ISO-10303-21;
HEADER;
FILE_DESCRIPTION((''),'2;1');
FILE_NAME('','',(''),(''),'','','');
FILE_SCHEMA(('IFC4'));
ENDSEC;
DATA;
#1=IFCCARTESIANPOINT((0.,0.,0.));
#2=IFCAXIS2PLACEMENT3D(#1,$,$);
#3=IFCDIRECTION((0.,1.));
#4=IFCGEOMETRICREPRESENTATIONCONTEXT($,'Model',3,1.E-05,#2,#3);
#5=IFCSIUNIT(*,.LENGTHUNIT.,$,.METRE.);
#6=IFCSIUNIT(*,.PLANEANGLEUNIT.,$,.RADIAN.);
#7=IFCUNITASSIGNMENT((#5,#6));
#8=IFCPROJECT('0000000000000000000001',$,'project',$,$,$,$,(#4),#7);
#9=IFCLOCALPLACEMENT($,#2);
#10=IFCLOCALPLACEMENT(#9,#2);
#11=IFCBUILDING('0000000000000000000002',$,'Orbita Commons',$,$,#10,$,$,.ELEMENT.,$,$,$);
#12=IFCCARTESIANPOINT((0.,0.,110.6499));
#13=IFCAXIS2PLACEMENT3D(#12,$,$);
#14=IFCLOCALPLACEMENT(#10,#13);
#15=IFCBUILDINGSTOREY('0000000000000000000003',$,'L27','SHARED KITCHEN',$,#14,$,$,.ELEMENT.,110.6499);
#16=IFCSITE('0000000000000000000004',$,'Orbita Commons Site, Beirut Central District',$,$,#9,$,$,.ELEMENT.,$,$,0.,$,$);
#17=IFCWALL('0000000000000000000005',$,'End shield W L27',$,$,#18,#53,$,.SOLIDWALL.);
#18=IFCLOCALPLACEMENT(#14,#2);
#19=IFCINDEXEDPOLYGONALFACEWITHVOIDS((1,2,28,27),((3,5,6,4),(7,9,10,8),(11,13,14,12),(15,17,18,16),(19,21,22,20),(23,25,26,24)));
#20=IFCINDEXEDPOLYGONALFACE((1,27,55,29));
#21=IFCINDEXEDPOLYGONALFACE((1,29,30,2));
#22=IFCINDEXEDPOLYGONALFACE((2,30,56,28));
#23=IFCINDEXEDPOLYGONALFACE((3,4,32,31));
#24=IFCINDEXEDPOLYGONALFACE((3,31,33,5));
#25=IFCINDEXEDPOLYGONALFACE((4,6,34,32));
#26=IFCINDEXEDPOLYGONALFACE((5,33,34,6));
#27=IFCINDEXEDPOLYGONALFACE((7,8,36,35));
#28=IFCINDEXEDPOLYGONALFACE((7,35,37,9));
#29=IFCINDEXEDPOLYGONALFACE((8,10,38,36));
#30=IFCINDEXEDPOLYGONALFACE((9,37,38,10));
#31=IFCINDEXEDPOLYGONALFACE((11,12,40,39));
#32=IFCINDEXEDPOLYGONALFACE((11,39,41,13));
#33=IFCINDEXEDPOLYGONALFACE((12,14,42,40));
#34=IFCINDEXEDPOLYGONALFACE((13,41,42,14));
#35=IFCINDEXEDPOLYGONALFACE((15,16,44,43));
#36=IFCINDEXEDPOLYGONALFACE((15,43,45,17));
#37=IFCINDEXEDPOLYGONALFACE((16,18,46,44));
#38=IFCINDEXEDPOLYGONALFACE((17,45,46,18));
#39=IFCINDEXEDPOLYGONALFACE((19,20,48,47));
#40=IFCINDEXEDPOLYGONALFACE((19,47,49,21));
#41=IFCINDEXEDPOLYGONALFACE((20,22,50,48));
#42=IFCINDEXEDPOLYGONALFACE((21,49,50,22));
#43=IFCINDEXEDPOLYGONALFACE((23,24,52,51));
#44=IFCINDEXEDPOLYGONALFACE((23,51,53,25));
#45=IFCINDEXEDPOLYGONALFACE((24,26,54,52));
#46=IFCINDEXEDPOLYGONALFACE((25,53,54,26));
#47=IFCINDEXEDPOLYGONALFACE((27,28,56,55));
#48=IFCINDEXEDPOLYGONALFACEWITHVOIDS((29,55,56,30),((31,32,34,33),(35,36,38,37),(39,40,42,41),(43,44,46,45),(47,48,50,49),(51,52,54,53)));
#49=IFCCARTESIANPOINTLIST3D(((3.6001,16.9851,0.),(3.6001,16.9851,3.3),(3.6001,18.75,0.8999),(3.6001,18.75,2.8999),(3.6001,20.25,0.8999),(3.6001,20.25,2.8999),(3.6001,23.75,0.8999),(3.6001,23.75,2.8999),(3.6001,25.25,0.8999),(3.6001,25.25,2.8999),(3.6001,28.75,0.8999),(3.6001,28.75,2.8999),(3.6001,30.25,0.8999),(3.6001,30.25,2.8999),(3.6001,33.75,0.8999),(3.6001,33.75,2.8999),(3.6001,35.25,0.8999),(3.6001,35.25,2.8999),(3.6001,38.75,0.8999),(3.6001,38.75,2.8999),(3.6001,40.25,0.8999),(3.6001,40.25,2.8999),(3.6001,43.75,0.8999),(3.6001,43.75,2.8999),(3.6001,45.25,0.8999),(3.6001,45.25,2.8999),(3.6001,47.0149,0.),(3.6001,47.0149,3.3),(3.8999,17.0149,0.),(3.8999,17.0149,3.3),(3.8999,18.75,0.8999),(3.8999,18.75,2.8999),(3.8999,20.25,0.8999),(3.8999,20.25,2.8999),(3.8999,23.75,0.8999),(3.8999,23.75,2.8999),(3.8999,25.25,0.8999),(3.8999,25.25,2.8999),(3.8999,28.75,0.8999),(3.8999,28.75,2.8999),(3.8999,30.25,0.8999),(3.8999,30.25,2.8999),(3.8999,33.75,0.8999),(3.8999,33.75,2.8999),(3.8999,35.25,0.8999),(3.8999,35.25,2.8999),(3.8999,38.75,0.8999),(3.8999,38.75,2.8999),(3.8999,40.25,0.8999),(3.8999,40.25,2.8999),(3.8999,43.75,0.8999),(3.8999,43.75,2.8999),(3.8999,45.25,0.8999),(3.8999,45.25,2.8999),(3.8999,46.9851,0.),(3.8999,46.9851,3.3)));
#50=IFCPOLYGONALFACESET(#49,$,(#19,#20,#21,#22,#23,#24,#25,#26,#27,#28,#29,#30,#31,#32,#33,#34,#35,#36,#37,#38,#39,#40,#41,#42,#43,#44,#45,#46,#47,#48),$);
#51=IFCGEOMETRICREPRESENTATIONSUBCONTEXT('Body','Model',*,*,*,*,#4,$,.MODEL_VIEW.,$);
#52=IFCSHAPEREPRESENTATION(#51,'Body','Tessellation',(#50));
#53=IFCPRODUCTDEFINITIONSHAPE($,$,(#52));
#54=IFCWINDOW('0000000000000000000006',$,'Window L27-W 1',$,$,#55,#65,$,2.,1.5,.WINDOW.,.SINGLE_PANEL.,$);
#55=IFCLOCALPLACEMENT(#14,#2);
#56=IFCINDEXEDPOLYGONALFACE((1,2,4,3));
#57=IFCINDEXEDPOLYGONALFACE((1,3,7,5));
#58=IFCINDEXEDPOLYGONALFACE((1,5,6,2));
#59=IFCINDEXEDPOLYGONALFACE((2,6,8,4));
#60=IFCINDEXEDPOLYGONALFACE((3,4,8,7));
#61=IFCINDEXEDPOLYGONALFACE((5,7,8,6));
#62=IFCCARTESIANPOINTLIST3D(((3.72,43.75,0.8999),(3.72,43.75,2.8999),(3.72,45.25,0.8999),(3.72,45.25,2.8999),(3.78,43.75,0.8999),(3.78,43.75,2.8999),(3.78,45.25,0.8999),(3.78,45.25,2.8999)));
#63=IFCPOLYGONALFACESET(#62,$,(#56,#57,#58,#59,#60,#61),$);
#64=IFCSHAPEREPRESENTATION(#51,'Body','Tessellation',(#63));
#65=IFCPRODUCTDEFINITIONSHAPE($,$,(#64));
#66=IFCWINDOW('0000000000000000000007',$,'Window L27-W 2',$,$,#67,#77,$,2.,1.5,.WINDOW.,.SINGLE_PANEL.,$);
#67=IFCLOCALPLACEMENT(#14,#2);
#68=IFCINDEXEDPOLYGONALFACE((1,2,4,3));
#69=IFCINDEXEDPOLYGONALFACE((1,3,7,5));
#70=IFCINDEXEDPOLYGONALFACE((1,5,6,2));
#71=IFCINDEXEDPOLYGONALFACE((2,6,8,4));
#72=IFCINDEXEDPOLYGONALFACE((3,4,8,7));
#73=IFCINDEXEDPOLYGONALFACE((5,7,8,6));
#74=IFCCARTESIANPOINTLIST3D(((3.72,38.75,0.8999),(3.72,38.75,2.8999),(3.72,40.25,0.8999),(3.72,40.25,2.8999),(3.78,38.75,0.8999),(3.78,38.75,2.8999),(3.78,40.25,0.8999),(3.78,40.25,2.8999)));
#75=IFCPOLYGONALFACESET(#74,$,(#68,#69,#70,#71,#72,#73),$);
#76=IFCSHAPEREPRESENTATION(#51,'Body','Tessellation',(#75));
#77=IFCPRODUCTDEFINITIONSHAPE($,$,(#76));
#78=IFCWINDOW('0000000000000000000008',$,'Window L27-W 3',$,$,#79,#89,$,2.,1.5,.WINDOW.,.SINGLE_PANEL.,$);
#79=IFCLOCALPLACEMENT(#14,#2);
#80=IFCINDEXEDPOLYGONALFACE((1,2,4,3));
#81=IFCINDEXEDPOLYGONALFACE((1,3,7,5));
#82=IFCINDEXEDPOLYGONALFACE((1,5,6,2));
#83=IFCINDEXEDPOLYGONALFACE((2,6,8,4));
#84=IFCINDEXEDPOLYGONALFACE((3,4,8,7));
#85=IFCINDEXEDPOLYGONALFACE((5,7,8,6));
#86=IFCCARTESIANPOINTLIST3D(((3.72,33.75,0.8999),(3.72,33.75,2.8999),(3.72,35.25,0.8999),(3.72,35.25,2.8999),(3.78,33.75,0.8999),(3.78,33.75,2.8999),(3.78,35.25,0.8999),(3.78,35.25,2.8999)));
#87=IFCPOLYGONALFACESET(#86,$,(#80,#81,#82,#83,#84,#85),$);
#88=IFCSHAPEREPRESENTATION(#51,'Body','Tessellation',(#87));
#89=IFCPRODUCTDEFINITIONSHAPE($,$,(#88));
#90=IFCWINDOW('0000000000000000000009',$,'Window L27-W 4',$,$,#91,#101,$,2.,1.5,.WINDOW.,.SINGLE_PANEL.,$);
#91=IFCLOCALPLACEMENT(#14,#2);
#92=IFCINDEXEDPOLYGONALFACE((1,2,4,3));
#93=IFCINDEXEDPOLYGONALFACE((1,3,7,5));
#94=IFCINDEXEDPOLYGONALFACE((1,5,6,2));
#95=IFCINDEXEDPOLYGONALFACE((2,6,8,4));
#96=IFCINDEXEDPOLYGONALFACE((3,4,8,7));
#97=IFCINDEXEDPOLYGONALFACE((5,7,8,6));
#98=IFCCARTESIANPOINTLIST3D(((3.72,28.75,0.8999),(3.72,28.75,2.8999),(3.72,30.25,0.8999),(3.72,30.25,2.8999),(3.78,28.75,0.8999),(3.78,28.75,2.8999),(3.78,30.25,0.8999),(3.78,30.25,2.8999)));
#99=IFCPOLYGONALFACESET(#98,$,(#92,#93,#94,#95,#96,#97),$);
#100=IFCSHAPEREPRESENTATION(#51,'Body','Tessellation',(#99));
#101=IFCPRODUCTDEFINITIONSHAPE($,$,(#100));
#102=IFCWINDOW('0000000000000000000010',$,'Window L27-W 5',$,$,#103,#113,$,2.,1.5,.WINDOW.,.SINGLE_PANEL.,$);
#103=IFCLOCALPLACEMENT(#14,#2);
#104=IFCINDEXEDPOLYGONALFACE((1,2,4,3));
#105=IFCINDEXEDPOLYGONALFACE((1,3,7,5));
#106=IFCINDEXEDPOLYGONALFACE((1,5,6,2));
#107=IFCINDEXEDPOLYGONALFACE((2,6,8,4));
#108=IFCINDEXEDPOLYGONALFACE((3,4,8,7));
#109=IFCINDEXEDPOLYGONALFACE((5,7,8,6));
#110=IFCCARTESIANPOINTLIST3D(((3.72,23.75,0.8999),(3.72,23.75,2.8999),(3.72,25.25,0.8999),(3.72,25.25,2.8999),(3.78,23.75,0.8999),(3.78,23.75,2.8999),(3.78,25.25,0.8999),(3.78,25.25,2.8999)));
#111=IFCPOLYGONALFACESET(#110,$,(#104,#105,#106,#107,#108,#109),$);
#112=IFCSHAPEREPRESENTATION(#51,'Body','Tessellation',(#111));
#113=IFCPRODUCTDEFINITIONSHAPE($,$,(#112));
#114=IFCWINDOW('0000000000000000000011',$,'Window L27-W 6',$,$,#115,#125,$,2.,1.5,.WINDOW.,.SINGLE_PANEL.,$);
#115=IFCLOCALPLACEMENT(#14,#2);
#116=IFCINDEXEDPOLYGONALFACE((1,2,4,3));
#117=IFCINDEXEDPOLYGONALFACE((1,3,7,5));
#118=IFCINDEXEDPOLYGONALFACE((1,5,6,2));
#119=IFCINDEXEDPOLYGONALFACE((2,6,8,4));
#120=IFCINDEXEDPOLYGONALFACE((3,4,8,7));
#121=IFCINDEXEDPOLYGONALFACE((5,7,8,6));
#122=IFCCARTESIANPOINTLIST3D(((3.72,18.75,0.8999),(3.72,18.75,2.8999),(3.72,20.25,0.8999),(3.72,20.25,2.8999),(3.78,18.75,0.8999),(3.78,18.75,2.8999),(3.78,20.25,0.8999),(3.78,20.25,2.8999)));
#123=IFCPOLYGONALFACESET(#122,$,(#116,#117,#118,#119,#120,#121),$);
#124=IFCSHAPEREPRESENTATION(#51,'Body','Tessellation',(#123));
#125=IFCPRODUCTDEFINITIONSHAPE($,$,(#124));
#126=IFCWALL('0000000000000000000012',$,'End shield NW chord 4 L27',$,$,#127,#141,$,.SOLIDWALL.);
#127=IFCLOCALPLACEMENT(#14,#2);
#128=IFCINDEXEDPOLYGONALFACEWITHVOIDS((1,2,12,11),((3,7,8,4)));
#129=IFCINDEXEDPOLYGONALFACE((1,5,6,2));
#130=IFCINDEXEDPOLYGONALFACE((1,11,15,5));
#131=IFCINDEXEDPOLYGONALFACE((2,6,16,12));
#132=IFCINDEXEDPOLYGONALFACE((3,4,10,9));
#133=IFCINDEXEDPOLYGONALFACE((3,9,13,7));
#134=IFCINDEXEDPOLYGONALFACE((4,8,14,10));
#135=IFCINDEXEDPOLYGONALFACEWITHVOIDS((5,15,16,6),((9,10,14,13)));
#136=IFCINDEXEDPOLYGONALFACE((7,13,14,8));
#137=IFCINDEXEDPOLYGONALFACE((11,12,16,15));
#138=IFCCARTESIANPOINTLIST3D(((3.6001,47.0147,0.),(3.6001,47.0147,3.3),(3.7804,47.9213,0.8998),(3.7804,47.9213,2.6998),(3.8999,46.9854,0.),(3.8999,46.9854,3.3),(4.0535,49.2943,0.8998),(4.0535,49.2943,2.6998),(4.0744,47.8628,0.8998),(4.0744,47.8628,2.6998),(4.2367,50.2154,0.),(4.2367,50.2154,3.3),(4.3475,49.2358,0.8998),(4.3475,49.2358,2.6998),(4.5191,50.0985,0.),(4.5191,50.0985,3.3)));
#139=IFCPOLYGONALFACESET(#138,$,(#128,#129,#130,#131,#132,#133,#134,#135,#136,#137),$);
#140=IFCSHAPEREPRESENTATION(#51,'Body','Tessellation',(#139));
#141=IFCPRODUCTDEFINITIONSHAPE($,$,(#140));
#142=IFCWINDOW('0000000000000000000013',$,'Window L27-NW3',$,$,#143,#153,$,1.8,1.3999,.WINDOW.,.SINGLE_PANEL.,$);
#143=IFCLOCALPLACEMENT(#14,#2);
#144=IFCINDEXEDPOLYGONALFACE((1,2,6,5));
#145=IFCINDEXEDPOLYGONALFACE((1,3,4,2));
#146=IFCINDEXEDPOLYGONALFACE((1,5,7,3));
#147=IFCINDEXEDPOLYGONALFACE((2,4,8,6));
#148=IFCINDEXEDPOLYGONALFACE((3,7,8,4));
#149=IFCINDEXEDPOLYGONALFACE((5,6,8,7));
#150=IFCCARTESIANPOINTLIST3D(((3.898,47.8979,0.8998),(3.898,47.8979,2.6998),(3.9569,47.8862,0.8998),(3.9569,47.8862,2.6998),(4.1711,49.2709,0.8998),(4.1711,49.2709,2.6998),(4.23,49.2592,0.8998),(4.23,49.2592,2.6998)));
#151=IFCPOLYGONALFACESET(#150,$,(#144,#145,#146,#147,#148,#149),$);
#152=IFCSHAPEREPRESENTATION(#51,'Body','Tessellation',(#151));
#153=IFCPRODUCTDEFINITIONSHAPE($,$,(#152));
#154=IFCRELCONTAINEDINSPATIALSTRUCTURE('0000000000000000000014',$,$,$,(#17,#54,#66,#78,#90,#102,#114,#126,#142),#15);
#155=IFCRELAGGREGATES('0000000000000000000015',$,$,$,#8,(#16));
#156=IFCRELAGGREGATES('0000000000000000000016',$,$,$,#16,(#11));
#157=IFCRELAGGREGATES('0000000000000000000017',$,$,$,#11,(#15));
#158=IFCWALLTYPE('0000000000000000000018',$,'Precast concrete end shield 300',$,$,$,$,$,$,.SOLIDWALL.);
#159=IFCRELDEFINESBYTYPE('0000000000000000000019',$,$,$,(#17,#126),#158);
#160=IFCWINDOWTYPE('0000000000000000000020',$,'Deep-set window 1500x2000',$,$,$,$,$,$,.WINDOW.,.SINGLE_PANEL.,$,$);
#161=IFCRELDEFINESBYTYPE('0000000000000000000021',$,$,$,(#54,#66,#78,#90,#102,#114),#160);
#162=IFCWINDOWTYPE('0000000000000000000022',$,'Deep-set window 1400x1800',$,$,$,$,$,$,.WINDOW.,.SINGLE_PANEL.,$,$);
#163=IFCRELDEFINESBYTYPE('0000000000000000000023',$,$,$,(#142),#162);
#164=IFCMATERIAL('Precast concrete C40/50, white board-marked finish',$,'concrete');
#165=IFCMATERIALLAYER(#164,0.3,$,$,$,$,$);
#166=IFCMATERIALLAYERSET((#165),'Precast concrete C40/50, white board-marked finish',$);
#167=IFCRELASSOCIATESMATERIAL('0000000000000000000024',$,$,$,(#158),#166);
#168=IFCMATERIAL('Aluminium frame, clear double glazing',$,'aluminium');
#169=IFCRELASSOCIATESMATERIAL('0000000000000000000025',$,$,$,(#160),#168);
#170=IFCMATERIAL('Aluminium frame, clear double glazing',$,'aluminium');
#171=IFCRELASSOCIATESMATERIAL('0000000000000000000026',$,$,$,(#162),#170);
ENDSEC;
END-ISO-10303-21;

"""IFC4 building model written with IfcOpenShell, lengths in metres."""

from ifc_helpers import new_model, si_unit, direction, frame, frame_2d, origin, place, context, subcontext, project, spatial, polyline, rectangle, outline, extrude, material, layer, layer_set, type_object, element, fill, save


model = new_model("IFC4")

# Units and contexts
model_context = context("Model", 3, precision=1e-05, world=origin(), true_north=direction((0.0, 1.0)))
body_context = subcontext(model_context, "Body", "Model", "MODEL_VIEW")
ifc_project = project(units=[si_unit("LENGTHUNIT", "METRE"), si_unit("PLANEANGLEUNIT", "RADIAN")], contexts=[model_context])

# Site, building, storey
site_placement = place(None, origin())
site = spatial("IfcSite", under=ifc_project, at=site_placement, Name="Orbita Commons Site, Beirut Central District", CompositionType="ELEMENT", RefElevation=0.0)
building_placement = place(site_placement, origin())
building = spatial("IfcBuilding", under=site, at=building_placement, Name="Orbita Commons", CompositionType="ELEMENT")
storey_placement = place(building_placement, frame((0.0, 0.0, 110.6499)))
storey = spatial("IfcBuildingStorey", under=building, at=storey_placement, Name="L27", Description="SHARED KITCHEN", CompositionType="ELEMENT", Elevation=110.6499)

# Wall, openings, windows
ifc_material_1 = material(Name="Precast concrete C40/50, white board-marked finish", Category="concrete")
ifc_layer_1 = layer(ifc_material_1, 0.3)
ifc_layer_set_1 = layer_set([ifc_layer_1], Name="Precast concrete C40/50, white board-marked finish")
wall_type_1 = type_object("IfcWallType", Name="Precast concrete end shield 300", PredefinedType="SOLIDWALL", material=ifc_layer_set_1)
wall_1_placement = place(storey_placement, frame((3.75, 47.0, 0.0), z_axis=(0.0, 0.0, 1.0), x_axis=(0.0, -1.0, 0.0)))
wall_1 = element("IfcWall", 1, at=wall_1_placement, inside=storey, type_object=wall_type_1, Name="End shield W L27", PredefinedType="SOLIDWALL", context=body_context, shape_type="SweptSolid", body=[
    extrude(outline(polyline([(-0.0149, -0.1499), (30.0149, -0.1499), (29.9851, 0.1499), (0.0149, 0.1499), (-0.0149, -0.1499)])), origin(), (0.0, 0.0, 1.0), 3.3),
])
opening_1_placement = place(wall_1_placement, frame((1.75, 0.0, 0.8999)))
opening_1 = element("IfcOpeningElement", 2, at=opening_1_placement, cuts=wall_1, PredefinedType="OPENING", context=body_context, shape_type="SweptSolid", body=[
    extrude(rectangle(XDim=1.5, YDim=2.0, at=frame_2d((0.75, 1.0))), frame((0.0, 0.1599, 0.0), z_axis=(0.0, -1.0, 0.0), x_axis=(1.0, 0.0, 0.0)), (0.0, 0.0, 1.0), 0.3201),
])
opening_2_placement = place(wall_1_placement, frame((6.75, 0.0, 0.8999)))
opening_2 = element("IfcOpeningElement", 3, at=opening_2_placement, cuts=wall_1, PredefinedType="OPENING", context=body_context, shape_type="SweptSolid", body=[
    extrude(rectangle(XDim=1.5, YDim=2.0, at=frame_2d((0.75, 1.0))), frame((0.0, 0.1599, 0.0), z_axis=(0.0, -1.0, 0.0), x_axis=(1.0, 0.0, 0.0)), (0.0, 0.0, 1.0), 0.3201),
])
opening_3_placement = place(wall_1_placement, frame((11.75, 0.0, 0.8999)))
opening_3 = element("IfcOpeningElement", 4, at=opening_3_placement, cuts=wall_1, PredefinedType="OPENING", context=body_context, shape_type="SweptSolid", body=[
    extrude(rectangle(XDim=1.5, YDim=2.0, at=frame_2d((0.75, 1.0))), frame((0.0, 0.1599, 0.0), z_axis=(0.0, -1.0, 0.0), x_axis=(1.0, 0.0, 0.0)), (0.0, 0.0, 1.0), 0.3201),
])
opening_4_placement = place(wall_1_placement, frame((16.75, 0.0, 0.8999)))
opening_4 = element("IfcOpeningElement", 5, at=opening_4_placement, cuts=wall_1, PredefinedType="OPENING", context=body_context, shape_type="SweptSolid", body=[
    extrude(rectangle(XDim=1.5, YDim=2.0, at=frame_2d((0.75, 1.0))), frame((0.0, 0.1599, 0.0), z_axis=(0.0, -1.0, 0.0), x_axis=(1.0, 0.0, 0.0)), (0.0, 0.0, 1.0), 0.3201),
])
opening_5_placement = place(wall_1_placement, frame((21.75, 0.0, 0.8999)))
opening_5 = element("IfcOpeningElement", 6, at=opening_5_placement, cuts=wall_1, PredefinedType="OPENING", context=body_context, shape_type="SweptSolid", body=[
    extrude(rectangle(XDim=1.5, YDim=2.0, at=frame_2d((0.75, 1.0))), frame((0.0, 0.1599, 0.0), z_axis=(0.0, -1.0, 0.0), x_axis=(1.0, 0.0, 0.0)), (0.0, 0.0, 1.0), 0.3201),
])
opening_6_placement = place(wall_1_placement, frame((26.75, 0.0, 0.8999)))
opening_6 = element("IfcOpeningElement", 7, at=opening_6_placement, cuts=wall_1, PredefinedType="OPENING", context=body_context, shape_type="SweptSolid", body=[
    extrude(rectangle(XDim=1.5, YDim=2.0, at=frame_2d((0.75, 1.0))), frame((0.0, 0.1599, 0.0), z_axis=(0.0, -1.0, 0.0), x_axis=(1.0, 0.0, 0.0)), (0.0, 0.0, 1.0), 0.3201),
])
ifc_material_2 = material(Name="Aluminium frame, clear double glazing", Category="aluminium")
window_type_1 = type_object("IfcWindowType", Name="Deep-set window 1500x2000", PartitioningType="SINGLE_PANEL", PredefinedType="WINDOW", material=ifc_material_2)
window_1_placement = place(opening_1_placement, origin())
window_1 = element("IfcWindow", 8, at=window_1_placement, inside=storey, type_object=window_type_1, Name="Window L27-W 1", OverallHeight=2.0, OverallWidth=1.5, PartitioningType="SINGLE_PANEL", PredefinedType="WINDOW", context=body_context, shape_type="SweptSolid", body=[
    extrude(rectangle(XDim=1.5, YDim=2.0, at=frame_2d((0.75, 1.0))), frame((0.0, 0.03, 0.0), z_axis=(0.0, -1.0, 0.0), x_axis=(1.0, 0.0, 0.0)), (0.0, 0.0, 1.0), 0.0601),
])
fill(opening_1, window_1)
window_2_placement = place(opening_2_placement, origin())
window_2 = element("IfcWindow", 9, at=window_2_placement, inside=storey, type_object=window_type_1, Name="Window L27-W 2", OverallHeight=2.0, OverallWidth=1.5, PartitioningType="SINGLE_PANEL", PredefinedType="WINDOW", context=body_context, shape_type="SweptSolid", body=[
    extrude(rectangle(XDim=1.5, YDim=2.0, at=frame_2d((0.75, 1.0))), frame((0.0, 0.03, 0.0), z_axis=(0.0, -1.0, 0.0), x_axis=(1.0, 0.0, 0.0)), (0.0, 0.0, 1.0), 0.0601),
])
fill(opening_2, window_2)
window_3_placement = place(opening_3_placement, origin())
window_3 = element("IfcWindow", 10, at=window_3_placement, inside=storey, type_object=window_type_1, Name="Window L27-W 3", OverallHeight=2.0, OverallWidth=1.5, PartitioningType="SINGLE_PANEL", PredefinedType="WINDOW", context=body_context, shape_type="SweptSolid", body=[
    extrude(rectangle(XDim=1.5, YDim=2.0, at=frame_2d((0.75, 1.0))), frame((0.0, 0.03, 0.0), z_axis=(0.0, -1.0, 0.0), x_axis=(1.0, 0.0, 0.0)), (0.0, 0.0, 1.0), 0.0601),
])
fill(opening_3, window_3)
window_4_placement = place(opening_4_placement, origin())
window_4 = element("IfcWindow", 11, at=window_4_placement, inside=storey, type_object=window_type_1, Name="Window L27-W 4", OverallHeight=2.0, OverallWidth=1.5, PartitioningType="SINGLE_PANEL", PredefinedType="WINDOW", context=body_context, shape_type="SweptSolid", body=[
    extrude(rectangle(XDim=1.5, YDim=2.0, at=frame_2d((0.75, 1.0))), frame((0.0, 0.03, 0.0), z_axis=(0.0, -1.0, 0.0), x_axis=(1.0, 0.0, 0.0)), (0.0, 0.0, 1.0), 0.0601),
])
fill(opening_4, window_4)
window_5_placement = place(opening_5_placement, origin())
window_5 = element("IfcWindow", 12, at=window_5_placement, inside=storey, type_object=window_type_1, Name="Window L27-W 5", OverallHeight=2.0, OverallWidth=1.5, PartitioningType="SINGLE_PANEL", PredefinedType="WINDOW", context=body_context, shape_type="SweptSolid", body=[
    extrude(rectangle(XDim=1.5, YDim=2.0, at=frame_2d((0.75, 1.0))), frame((0.0, 0.03, 0.0), z_axis=(0.0, -1.0, 0.0), x_axis=(1.0, 0.0, 0.0)), (0.0, 0.0, 1.0), 0.0601),
])
fill(opening_5, window_5)
window_6_placement = place(opening_6_placement, origin())
window_6 = element("IfcWindow", 13, at=window_6_placement, inside=storey, type_object=window_type_1, Name="Window L27-W 6", OverallHeight=2.0, OverallWidth=1.5, PartitioningType="SINGLE_PANEL", PredefinedType="WINDOW", context=body_context, shape_type="SweptSolid", body=[
    extrude(rectangle(XDim=1.5, YDim=2.0, at=frame_2d((0.75, 1.0))), frame((0.0, 0.03, 0.0), z_axis=(0.0, -1.0, 0.0), x_axis=(1.0, 0.0, 0.0)), (0.0, 0.0, 1.0), 0.0601),
])
fill(opening_6, window_6)

# Wall, opening, window
wall_2_placement = place(storey_placement, frame((4.3779, 50.157, 0.0), z_axis=(0.0, 0.0, 1.0), x_axis=(-0.19508, -0.980787, 0.0)))
wall_2 = element("IfcWall", 14, at=wall_2_placement, inside=storey, type_object=wall_type_1, Name="End shield NW chord 4 L27", PredefinedType="SOLIDWALL", context=body_context, shape_type="SweptSolid", body=[
    extrude(outline(polyline([(-0.0298, -0.1499), (3.2336, -0.1499), (3.2039, 0.1499), (0.0298, 0.1499), (-0.0298, -0.1499)])), origin(), (0.0, 0.0, 1.0), 3.3),
])
opening_7_placement = place(wall_2_placement, frame((0.9094, 0.0, 0.8999)))
opening_7 = element("IfcOpeningElement", 15, at=opening_7_placement, cuts=wall_2, PredefinedType="OPENING", context=body_context, shape_type="SweptSolid", body=[
    extrude(rectangle(XDim=1.3999, YDim=1.8, at=frame_2d((0.7, 0.8999))), frame((0.0, 0.1599, 0.0), z_axis=(0.0, -1.0, 0.0), x_axis=(1.0, 0.0, 0.0)), (0.0, 0.0, 1.0), 0.3201),
])
ifc_material_3 = material(Name="Aluminium frame, clear double glazing", Category="aluminium")
window_type_2 = type_object("IfcWindowType", Name="Deep-set window 1400x1800", PartitioningType="SINGLE_PANEL", PredefinedType="WINDOW", material=ifc_material_3)
window_7_placement = place(opening_7_placement, origin())
window_7 = element("IfcWindow", 16, at=window_7_placement, inside=storey, type_object=window_type_2, Name="Window L27-NW3", OverallHeight=1.8, OverallWidth=1.3999, PartitioningType="SINGLE_PANEL", PredefinedType="WINDOW", context=body_context, shape_type="SweptSolid", body=[
    extrude(rectangle(XDim=1.3999, YDim=1.8, at=frame_2d((0.7, 0.8999))), frame((0.0, 0.03, 0.0), z_axis=(0.0, -1.0, 0.0), x_axis=(1.0, 0.0, 0.0)), (0.0, 0.0, 1.0), 0.0601),
])
fill(opening_7, window_7)

save(model, "model.ifc")
